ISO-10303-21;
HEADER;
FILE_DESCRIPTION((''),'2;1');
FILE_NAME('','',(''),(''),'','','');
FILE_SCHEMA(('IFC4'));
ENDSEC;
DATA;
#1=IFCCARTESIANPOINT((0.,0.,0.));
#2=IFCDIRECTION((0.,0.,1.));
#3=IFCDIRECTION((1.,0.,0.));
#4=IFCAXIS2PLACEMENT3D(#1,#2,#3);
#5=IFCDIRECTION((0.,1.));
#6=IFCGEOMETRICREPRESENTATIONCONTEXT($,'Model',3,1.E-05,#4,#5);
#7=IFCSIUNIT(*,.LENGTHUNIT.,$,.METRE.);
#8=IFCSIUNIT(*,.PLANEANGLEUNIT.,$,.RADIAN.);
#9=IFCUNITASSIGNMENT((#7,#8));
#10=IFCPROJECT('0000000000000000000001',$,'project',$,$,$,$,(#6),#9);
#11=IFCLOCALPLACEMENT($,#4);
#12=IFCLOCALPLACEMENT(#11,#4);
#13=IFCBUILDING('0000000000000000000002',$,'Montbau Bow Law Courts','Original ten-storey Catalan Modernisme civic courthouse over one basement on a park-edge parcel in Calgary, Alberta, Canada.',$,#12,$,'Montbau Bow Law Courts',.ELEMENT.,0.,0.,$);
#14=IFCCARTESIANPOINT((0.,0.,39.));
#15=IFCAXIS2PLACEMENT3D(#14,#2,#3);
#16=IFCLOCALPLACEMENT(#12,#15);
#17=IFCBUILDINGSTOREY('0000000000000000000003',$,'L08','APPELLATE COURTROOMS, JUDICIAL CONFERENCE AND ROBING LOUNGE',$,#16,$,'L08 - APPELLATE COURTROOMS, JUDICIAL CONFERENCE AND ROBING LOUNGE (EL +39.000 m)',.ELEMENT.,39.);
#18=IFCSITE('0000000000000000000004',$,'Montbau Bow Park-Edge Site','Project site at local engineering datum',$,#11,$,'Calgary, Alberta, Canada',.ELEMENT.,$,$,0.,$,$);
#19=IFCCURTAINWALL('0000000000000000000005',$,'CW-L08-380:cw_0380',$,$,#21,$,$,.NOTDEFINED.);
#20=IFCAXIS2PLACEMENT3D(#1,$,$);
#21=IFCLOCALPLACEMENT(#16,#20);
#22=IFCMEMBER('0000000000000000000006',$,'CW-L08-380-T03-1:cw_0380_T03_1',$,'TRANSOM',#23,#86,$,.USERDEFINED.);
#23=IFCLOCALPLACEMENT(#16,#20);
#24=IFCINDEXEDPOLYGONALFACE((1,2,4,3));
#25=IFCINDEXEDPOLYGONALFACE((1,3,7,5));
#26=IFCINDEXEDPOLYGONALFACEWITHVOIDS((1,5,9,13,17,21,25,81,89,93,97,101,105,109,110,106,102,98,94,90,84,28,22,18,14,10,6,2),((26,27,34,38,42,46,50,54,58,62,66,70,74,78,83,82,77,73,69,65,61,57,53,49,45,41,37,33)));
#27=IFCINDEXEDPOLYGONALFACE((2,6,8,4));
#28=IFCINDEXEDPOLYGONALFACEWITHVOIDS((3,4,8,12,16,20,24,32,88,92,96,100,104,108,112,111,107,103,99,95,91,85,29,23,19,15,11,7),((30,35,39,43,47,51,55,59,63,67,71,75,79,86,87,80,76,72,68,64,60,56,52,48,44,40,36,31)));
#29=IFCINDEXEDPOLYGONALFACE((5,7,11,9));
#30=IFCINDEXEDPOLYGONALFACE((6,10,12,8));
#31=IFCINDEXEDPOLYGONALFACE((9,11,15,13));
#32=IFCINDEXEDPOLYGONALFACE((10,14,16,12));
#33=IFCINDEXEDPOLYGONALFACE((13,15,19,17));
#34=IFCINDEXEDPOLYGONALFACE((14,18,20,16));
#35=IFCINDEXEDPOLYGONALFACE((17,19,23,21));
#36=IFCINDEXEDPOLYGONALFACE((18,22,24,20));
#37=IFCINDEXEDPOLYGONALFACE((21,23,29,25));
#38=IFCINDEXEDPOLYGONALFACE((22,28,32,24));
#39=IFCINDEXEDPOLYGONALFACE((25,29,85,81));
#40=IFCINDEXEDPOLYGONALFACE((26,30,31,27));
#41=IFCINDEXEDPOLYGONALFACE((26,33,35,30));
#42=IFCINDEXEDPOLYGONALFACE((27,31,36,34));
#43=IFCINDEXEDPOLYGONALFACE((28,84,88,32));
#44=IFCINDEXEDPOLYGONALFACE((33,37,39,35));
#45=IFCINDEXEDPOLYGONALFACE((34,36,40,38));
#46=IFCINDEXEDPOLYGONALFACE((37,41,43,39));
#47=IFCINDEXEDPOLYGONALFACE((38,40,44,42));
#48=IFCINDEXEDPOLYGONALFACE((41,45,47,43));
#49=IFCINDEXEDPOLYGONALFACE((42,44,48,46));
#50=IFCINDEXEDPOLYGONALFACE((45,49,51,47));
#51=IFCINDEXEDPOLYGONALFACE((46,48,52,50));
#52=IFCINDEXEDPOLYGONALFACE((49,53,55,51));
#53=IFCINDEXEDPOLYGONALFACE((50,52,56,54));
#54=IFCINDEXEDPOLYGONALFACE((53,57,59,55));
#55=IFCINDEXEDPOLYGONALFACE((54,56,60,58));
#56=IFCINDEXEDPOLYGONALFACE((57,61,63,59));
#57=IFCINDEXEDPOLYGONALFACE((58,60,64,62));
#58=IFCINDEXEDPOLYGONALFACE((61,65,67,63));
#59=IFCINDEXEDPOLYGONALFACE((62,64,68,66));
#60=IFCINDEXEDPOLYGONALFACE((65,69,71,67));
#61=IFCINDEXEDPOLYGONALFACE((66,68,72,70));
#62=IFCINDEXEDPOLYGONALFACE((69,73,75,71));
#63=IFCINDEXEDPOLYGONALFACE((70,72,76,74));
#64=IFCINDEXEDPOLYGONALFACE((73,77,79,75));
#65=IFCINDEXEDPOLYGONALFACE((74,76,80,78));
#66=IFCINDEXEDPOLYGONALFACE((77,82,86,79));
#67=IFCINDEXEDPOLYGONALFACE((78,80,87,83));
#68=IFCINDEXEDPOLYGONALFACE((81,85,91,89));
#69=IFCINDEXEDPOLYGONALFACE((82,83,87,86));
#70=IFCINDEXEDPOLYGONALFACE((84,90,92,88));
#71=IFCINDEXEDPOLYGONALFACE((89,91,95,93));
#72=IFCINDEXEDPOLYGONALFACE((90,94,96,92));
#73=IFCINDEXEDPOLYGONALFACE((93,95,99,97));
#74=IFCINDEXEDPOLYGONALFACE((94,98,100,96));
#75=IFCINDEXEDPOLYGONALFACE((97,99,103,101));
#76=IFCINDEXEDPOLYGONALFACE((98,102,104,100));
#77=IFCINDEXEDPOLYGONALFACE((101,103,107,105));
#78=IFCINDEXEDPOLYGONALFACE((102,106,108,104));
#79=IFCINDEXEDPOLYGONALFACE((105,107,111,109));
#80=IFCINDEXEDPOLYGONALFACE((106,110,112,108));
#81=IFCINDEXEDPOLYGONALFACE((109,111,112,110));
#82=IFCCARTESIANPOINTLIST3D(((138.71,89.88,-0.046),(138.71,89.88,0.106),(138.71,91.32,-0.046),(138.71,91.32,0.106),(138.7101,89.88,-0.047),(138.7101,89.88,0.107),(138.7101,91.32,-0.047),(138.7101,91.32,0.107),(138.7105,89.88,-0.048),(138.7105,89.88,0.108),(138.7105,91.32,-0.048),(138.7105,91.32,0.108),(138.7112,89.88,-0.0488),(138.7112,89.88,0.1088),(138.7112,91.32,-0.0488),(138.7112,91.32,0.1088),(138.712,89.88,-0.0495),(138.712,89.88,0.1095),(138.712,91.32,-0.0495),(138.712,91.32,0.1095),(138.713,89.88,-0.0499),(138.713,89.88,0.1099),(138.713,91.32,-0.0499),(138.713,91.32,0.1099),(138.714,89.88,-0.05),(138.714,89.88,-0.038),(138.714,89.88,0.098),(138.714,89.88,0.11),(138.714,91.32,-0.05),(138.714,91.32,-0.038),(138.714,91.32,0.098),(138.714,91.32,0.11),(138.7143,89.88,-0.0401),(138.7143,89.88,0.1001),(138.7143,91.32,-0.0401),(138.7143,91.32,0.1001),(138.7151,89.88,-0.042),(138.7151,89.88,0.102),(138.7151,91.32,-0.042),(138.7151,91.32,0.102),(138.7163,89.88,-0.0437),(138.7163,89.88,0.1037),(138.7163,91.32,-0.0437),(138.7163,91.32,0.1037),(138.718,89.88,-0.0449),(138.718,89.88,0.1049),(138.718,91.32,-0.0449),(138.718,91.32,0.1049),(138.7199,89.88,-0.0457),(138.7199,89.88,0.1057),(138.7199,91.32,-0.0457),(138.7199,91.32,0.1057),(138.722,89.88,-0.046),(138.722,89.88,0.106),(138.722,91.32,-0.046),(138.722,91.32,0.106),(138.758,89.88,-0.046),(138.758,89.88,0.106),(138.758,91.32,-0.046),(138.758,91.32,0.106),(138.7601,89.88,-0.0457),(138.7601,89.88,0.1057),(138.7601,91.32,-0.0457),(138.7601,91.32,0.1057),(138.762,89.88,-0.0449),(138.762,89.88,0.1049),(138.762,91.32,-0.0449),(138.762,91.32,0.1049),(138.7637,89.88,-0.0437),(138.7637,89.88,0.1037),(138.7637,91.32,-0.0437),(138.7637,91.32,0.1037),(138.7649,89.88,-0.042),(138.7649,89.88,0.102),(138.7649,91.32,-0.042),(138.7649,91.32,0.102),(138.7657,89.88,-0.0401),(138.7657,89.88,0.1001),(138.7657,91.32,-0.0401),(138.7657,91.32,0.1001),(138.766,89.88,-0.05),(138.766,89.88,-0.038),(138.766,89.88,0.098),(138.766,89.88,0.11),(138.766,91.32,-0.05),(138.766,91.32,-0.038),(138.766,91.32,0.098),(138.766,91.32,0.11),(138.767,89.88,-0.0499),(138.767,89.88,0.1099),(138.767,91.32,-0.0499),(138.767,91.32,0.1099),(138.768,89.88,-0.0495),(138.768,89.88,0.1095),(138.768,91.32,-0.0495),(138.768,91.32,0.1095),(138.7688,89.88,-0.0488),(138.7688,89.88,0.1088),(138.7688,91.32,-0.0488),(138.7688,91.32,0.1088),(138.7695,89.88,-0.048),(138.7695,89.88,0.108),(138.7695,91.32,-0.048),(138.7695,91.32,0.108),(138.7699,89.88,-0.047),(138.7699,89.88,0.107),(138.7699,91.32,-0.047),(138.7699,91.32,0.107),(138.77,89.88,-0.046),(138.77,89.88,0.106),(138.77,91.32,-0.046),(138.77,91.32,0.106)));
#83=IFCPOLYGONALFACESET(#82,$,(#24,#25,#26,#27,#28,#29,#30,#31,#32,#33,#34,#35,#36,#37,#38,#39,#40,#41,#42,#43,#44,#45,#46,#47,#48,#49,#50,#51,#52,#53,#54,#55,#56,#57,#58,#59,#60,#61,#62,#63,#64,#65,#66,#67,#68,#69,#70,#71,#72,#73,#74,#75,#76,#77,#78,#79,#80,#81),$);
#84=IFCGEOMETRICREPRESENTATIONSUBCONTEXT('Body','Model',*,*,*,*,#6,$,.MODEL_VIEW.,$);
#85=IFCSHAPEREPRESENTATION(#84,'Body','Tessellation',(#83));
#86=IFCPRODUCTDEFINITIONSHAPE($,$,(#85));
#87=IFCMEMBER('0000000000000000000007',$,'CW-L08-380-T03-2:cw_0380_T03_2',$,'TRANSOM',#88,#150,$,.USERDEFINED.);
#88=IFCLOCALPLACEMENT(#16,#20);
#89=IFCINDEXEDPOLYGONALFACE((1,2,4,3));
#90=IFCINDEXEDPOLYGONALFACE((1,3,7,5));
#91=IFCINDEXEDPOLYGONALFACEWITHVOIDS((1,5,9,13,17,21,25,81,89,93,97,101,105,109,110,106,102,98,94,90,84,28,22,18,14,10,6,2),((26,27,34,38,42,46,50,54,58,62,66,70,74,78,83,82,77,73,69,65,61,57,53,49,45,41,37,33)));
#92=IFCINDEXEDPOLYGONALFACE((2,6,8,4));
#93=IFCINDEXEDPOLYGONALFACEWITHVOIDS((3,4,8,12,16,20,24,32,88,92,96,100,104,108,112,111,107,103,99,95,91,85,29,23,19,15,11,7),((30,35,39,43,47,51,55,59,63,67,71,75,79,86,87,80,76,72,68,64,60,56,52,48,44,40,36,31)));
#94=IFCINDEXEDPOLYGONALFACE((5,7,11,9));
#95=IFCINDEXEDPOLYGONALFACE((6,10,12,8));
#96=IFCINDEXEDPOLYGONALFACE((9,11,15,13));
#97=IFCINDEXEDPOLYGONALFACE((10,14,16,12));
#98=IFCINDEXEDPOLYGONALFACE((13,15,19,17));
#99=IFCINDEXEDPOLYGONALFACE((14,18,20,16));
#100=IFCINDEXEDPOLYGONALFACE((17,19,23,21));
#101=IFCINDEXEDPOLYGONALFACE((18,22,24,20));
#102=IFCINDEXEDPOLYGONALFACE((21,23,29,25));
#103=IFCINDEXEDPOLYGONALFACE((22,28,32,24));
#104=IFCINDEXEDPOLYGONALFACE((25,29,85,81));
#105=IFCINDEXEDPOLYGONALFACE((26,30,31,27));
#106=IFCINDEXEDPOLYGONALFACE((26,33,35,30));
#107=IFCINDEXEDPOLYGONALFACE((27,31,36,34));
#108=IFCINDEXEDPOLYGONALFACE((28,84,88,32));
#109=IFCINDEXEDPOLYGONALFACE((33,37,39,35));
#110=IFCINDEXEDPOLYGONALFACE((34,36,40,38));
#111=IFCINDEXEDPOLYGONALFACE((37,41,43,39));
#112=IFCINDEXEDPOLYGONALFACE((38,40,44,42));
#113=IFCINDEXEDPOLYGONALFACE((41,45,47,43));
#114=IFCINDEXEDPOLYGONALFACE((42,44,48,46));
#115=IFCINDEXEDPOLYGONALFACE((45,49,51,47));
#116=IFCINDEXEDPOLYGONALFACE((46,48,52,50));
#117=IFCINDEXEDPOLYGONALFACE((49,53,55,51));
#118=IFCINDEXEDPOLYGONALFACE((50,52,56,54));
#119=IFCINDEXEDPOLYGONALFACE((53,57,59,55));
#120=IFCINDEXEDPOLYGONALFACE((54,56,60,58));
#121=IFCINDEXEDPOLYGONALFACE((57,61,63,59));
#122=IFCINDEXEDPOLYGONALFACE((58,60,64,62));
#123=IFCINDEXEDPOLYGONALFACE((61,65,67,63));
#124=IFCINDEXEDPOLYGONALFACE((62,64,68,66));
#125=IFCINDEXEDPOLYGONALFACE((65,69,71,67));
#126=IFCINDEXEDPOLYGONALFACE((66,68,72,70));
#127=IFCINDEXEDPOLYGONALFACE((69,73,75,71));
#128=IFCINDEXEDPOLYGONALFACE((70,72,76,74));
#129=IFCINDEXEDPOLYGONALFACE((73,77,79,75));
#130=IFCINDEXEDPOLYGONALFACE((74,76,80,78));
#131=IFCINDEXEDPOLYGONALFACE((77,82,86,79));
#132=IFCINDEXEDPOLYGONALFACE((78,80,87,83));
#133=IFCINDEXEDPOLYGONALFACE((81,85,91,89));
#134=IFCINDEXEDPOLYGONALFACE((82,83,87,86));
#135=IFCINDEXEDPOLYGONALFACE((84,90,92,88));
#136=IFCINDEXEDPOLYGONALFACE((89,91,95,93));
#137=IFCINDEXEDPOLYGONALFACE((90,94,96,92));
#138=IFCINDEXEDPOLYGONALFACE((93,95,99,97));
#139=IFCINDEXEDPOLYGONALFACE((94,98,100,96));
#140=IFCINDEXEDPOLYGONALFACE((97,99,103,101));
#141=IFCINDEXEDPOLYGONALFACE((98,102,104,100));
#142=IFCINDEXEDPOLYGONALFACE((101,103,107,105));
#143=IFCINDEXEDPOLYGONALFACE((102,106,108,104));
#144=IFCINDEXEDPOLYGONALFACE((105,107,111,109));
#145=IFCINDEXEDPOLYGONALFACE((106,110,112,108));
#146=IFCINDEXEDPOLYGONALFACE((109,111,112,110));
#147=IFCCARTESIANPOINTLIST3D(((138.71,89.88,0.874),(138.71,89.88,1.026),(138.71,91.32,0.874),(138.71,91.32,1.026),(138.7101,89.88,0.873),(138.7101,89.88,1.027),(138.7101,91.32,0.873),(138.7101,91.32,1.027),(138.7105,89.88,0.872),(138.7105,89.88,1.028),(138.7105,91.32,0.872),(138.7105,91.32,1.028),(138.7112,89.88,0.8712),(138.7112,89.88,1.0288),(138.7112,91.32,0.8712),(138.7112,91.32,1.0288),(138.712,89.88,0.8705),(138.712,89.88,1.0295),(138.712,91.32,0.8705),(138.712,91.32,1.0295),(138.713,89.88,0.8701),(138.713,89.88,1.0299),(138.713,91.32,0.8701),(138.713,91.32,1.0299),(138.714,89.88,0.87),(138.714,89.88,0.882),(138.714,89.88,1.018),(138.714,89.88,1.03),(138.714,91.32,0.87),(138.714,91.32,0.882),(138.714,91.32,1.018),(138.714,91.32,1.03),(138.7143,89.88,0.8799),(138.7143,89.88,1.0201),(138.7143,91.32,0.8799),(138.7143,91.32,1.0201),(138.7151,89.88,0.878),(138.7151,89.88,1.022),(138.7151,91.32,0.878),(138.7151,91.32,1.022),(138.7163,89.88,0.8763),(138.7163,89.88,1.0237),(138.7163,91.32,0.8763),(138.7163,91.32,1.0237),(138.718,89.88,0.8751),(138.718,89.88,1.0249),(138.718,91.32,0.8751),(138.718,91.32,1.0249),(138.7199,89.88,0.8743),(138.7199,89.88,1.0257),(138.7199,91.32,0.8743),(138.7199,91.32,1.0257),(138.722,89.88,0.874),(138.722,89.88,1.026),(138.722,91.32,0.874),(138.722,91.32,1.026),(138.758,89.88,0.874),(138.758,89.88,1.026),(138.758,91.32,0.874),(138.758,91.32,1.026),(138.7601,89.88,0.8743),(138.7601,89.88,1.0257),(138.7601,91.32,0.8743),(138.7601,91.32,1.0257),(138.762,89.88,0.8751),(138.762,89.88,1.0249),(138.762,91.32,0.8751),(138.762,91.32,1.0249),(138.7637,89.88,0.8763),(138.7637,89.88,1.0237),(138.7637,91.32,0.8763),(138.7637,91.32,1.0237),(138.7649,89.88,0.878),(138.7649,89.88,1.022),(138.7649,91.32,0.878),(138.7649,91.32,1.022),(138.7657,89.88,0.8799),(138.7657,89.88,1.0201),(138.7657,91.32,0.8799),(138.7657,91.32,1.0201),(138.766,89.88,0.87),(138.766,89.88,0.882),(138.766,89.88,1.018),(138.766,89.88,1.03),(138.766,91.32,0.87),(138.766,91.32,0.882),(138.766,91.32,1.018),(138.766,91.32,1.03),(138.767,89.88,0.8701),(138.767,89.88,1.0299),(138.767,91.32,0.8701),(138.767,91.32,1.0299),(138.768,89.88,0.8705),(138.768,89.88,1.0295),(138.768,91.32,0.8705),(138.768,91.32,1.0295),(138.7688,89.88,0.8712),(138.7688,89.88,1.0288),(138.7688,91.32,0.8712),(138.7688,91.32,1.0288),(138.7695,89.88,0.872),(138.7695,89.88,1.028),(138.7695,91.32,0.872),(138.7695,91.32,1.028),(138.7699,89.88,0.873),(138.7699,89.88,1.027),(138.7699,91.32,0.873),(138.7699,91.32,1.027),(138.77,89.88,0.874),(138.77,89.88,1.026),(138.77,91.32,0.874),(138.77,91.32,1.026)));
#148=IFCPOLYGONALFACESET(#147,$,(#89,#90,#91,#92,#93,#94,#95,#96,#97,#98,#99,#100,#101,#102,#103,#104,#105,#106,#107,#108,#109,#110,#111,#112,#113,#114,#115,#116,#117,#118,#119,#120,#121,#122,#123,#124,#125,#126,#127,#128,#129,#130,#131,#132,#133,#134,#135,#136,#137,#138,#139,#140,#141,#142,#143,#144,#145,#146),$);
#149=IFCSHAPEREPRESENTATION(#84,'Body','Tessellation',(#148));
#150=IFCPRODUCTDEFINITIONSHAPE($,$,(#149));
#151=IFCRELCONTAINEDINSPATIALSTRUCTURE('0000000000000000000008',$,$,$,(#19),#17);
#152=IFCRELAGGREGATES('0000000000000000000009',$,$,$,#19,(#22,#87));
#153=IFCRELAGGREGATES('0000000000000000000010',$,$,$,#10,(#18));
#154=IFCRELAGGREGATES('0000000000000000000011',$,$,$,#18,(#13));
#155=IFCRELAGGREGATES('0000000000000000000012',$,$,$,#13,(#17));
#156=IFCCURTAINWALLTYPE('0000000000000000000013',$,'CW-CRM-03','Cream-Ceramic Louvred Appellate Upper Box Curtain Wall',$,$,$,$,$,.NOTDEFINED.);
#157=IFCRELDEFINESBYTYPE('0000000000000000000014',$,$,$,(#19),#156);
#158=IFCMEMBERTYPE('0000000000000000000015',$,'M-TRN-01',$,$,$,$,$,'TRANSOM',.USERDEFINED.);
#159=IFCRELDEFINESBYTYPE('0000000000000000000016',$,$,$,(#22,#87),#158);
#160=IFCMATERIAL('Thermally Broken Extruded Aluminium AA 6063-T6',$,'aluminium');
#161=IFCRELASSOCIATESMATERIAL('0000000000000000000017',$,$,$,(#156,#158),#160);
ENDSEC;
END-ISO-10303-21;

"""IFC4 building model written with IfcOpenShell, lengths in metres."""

from ifc_helpers import new_model, si_unit, direction, frame, origin_with_axes, origin_2d_with_axis, place, context, subcontext, project, spatial, hollow_rectangle, extrude, material, material_profile, profile_set, type_object, element, aggregate, save


model = new_model("IFC4")

# Units and contexts
model_context = context("Model", 3, precision=1e-05, world=origin_with_axes(), true_north=direction((0.0, 1.0)))
body_context = subcontext(model_context, "Body", "Model", "MODEL_VIEW")
ifc_project = project(units=[si_unit("LENGTHUNIT", "METRE"), si_unit("PLANEANGLEUNIT", "RADIAN")], contexts=[model_context])

# Site, building, storey
site_placement = place(None, origin_with_axes())
site = spatial("IfcSite", under=ifc_project, at=site_placement, Name="Montbau Bow Park-Edge Site", Description="Project site at local engineering datum", LongName="Calgary, Alberta, Canada", CompositionType="ELEMENT", RefElevation=0.0)
building_placement = place(site_placement, origin_with_axes())
building = spatial("IfcBuilding", under=site, at=building_placement, Name="Montbau Bow Law Courts", Description="Original ten-storey Catalan Modernisme civic courthouse over one basement on a park-edge parcel in Calgary, Alberta, Canada.", LongName="Montbau Bow Law Courts", CompositionType="ELEMENT", ElevationOfRefHeight=0.0, ElevationOfTerrain=0.0)
storey_placement = place(building_placement, frame((0.0, 0.0, 39.0), z_axis=(0.0, 0.0, 1.0), x_axis=(1.0, 0.0, 0.0)))
storey = spatial("IfcBuildingStorey", under=building, at=storey_placement, Name="L08", Description="APPELLATE COURTROOMS, JUDICIAL CONFERENCE AND ROBING LOUNGE", LongName="L08 - APPELLATE COURTROOMS, JUDICIAL CONFERENCE AND ROBING LOUNGE (EL +39.000 m)", CompositionType="ELEMENT", Elevation=39.0)

# Curtain wall
ifc_material_1 = material(Name="Thermally Broken Extruded Aluminium AA 6063-T6", Category="aluminium")
curtain_wall_type = type_object("IfcCurtainWallType", Name="CW-CRM-03", Description="Cream-Ceramic Louvred Appellate Upper Box Curtain Wall", PredefinedType="NOTDEFINED", material=ifc_material_1)
curtain_wall_1_placement = place(None, frame((138.74, 86.84, 39.0), z_axis=(0.0, 0.0, 1.0), x_axis=(1.0, 0.0, 0.0)))
curtain_wall_1 = element("IfcCurtainWall", 1, at=curtain_wall_1_placement, inside=storey, type_object=curtain_wall_type, Name="CW-L08-380:cw_0380", PredefinedType="NOTDEFINED")
ifc_material_profile_1 = material_profile(ifc_material_1, hollow_rectangle(XDim=0.06, YDim=0.16, WallThickness=0.004, InnerFilletRadius=0.008, OuterFilletRadius=0.004, at=origin_2d_with_axis()), Name="CWT-160X60", Category="Main", Priority=0)
ifc_profile_set_1 = profile_set([ifc_material_profile_1], Name="Thermally Broken Extruded Aluminium AA 6063-T6")
member_type_1 = type_object("IfcMemberType", Name="M-TRN-01", ElementType="TRANSOM", PredefinedType="USERDEFINED", material=ifc_profile_set_1)

# Members
member_1_placement = place(None, frame((138.74, 89.88, 39.03), z_axis=(0.0, 1.0, 0.0), x_axis=(-1.0, 0.0, 0.0)))
member_1 = element("IfcMember", 2, at=member_1_placement, type_object=member_type_1, Name="CW-L08-380-T03-1:cw_0380_T03_1", ObjectType="TRANSOM", PredefinedType="USERDEFINED", context=body_context, shape_type="SweptSolid", body=[
    extrude(hollow_rectangle(XDim=0.06, YDim=0.16, WallThickness=0.004, InnerFilletRadius=0.008, OuterFilletRadius=0.004, at=origin_2d_with_axis()), origin_with_axes(), (0.0, 0.0, 1.0), 1.44),
])
member_2_placement = place(None, frame((138.74, 89.88, 39.95), z_axis=(0.0, 1.0, 0.0), x_axis=(-1.0, 0.0, 0.0)))
member_2 = element("IfcMember", 3, at=member_2_placement, type_object=member_type_1, Name="CW-L08-380-T03-2:cw_0380_T03_2", ObjectType="TRANSOM", PredefinedType="USERDEFINED", context=body_context, shape_type="SweptSolid", body=[
    extrude(hollow_rectangle(XDim=0.06, YDim=0.16, WallThickness=0.004, InnerFilletRadius=0.008, OuterFilletRadius=0.004, at=origin_2d_with_axis()), origin_with_axes(), (0.0, 0.0, 1.0), 1.44),
])

aggregate(curtain_wall_1, [member_1, member_2])

save(model, "model.ifc")
